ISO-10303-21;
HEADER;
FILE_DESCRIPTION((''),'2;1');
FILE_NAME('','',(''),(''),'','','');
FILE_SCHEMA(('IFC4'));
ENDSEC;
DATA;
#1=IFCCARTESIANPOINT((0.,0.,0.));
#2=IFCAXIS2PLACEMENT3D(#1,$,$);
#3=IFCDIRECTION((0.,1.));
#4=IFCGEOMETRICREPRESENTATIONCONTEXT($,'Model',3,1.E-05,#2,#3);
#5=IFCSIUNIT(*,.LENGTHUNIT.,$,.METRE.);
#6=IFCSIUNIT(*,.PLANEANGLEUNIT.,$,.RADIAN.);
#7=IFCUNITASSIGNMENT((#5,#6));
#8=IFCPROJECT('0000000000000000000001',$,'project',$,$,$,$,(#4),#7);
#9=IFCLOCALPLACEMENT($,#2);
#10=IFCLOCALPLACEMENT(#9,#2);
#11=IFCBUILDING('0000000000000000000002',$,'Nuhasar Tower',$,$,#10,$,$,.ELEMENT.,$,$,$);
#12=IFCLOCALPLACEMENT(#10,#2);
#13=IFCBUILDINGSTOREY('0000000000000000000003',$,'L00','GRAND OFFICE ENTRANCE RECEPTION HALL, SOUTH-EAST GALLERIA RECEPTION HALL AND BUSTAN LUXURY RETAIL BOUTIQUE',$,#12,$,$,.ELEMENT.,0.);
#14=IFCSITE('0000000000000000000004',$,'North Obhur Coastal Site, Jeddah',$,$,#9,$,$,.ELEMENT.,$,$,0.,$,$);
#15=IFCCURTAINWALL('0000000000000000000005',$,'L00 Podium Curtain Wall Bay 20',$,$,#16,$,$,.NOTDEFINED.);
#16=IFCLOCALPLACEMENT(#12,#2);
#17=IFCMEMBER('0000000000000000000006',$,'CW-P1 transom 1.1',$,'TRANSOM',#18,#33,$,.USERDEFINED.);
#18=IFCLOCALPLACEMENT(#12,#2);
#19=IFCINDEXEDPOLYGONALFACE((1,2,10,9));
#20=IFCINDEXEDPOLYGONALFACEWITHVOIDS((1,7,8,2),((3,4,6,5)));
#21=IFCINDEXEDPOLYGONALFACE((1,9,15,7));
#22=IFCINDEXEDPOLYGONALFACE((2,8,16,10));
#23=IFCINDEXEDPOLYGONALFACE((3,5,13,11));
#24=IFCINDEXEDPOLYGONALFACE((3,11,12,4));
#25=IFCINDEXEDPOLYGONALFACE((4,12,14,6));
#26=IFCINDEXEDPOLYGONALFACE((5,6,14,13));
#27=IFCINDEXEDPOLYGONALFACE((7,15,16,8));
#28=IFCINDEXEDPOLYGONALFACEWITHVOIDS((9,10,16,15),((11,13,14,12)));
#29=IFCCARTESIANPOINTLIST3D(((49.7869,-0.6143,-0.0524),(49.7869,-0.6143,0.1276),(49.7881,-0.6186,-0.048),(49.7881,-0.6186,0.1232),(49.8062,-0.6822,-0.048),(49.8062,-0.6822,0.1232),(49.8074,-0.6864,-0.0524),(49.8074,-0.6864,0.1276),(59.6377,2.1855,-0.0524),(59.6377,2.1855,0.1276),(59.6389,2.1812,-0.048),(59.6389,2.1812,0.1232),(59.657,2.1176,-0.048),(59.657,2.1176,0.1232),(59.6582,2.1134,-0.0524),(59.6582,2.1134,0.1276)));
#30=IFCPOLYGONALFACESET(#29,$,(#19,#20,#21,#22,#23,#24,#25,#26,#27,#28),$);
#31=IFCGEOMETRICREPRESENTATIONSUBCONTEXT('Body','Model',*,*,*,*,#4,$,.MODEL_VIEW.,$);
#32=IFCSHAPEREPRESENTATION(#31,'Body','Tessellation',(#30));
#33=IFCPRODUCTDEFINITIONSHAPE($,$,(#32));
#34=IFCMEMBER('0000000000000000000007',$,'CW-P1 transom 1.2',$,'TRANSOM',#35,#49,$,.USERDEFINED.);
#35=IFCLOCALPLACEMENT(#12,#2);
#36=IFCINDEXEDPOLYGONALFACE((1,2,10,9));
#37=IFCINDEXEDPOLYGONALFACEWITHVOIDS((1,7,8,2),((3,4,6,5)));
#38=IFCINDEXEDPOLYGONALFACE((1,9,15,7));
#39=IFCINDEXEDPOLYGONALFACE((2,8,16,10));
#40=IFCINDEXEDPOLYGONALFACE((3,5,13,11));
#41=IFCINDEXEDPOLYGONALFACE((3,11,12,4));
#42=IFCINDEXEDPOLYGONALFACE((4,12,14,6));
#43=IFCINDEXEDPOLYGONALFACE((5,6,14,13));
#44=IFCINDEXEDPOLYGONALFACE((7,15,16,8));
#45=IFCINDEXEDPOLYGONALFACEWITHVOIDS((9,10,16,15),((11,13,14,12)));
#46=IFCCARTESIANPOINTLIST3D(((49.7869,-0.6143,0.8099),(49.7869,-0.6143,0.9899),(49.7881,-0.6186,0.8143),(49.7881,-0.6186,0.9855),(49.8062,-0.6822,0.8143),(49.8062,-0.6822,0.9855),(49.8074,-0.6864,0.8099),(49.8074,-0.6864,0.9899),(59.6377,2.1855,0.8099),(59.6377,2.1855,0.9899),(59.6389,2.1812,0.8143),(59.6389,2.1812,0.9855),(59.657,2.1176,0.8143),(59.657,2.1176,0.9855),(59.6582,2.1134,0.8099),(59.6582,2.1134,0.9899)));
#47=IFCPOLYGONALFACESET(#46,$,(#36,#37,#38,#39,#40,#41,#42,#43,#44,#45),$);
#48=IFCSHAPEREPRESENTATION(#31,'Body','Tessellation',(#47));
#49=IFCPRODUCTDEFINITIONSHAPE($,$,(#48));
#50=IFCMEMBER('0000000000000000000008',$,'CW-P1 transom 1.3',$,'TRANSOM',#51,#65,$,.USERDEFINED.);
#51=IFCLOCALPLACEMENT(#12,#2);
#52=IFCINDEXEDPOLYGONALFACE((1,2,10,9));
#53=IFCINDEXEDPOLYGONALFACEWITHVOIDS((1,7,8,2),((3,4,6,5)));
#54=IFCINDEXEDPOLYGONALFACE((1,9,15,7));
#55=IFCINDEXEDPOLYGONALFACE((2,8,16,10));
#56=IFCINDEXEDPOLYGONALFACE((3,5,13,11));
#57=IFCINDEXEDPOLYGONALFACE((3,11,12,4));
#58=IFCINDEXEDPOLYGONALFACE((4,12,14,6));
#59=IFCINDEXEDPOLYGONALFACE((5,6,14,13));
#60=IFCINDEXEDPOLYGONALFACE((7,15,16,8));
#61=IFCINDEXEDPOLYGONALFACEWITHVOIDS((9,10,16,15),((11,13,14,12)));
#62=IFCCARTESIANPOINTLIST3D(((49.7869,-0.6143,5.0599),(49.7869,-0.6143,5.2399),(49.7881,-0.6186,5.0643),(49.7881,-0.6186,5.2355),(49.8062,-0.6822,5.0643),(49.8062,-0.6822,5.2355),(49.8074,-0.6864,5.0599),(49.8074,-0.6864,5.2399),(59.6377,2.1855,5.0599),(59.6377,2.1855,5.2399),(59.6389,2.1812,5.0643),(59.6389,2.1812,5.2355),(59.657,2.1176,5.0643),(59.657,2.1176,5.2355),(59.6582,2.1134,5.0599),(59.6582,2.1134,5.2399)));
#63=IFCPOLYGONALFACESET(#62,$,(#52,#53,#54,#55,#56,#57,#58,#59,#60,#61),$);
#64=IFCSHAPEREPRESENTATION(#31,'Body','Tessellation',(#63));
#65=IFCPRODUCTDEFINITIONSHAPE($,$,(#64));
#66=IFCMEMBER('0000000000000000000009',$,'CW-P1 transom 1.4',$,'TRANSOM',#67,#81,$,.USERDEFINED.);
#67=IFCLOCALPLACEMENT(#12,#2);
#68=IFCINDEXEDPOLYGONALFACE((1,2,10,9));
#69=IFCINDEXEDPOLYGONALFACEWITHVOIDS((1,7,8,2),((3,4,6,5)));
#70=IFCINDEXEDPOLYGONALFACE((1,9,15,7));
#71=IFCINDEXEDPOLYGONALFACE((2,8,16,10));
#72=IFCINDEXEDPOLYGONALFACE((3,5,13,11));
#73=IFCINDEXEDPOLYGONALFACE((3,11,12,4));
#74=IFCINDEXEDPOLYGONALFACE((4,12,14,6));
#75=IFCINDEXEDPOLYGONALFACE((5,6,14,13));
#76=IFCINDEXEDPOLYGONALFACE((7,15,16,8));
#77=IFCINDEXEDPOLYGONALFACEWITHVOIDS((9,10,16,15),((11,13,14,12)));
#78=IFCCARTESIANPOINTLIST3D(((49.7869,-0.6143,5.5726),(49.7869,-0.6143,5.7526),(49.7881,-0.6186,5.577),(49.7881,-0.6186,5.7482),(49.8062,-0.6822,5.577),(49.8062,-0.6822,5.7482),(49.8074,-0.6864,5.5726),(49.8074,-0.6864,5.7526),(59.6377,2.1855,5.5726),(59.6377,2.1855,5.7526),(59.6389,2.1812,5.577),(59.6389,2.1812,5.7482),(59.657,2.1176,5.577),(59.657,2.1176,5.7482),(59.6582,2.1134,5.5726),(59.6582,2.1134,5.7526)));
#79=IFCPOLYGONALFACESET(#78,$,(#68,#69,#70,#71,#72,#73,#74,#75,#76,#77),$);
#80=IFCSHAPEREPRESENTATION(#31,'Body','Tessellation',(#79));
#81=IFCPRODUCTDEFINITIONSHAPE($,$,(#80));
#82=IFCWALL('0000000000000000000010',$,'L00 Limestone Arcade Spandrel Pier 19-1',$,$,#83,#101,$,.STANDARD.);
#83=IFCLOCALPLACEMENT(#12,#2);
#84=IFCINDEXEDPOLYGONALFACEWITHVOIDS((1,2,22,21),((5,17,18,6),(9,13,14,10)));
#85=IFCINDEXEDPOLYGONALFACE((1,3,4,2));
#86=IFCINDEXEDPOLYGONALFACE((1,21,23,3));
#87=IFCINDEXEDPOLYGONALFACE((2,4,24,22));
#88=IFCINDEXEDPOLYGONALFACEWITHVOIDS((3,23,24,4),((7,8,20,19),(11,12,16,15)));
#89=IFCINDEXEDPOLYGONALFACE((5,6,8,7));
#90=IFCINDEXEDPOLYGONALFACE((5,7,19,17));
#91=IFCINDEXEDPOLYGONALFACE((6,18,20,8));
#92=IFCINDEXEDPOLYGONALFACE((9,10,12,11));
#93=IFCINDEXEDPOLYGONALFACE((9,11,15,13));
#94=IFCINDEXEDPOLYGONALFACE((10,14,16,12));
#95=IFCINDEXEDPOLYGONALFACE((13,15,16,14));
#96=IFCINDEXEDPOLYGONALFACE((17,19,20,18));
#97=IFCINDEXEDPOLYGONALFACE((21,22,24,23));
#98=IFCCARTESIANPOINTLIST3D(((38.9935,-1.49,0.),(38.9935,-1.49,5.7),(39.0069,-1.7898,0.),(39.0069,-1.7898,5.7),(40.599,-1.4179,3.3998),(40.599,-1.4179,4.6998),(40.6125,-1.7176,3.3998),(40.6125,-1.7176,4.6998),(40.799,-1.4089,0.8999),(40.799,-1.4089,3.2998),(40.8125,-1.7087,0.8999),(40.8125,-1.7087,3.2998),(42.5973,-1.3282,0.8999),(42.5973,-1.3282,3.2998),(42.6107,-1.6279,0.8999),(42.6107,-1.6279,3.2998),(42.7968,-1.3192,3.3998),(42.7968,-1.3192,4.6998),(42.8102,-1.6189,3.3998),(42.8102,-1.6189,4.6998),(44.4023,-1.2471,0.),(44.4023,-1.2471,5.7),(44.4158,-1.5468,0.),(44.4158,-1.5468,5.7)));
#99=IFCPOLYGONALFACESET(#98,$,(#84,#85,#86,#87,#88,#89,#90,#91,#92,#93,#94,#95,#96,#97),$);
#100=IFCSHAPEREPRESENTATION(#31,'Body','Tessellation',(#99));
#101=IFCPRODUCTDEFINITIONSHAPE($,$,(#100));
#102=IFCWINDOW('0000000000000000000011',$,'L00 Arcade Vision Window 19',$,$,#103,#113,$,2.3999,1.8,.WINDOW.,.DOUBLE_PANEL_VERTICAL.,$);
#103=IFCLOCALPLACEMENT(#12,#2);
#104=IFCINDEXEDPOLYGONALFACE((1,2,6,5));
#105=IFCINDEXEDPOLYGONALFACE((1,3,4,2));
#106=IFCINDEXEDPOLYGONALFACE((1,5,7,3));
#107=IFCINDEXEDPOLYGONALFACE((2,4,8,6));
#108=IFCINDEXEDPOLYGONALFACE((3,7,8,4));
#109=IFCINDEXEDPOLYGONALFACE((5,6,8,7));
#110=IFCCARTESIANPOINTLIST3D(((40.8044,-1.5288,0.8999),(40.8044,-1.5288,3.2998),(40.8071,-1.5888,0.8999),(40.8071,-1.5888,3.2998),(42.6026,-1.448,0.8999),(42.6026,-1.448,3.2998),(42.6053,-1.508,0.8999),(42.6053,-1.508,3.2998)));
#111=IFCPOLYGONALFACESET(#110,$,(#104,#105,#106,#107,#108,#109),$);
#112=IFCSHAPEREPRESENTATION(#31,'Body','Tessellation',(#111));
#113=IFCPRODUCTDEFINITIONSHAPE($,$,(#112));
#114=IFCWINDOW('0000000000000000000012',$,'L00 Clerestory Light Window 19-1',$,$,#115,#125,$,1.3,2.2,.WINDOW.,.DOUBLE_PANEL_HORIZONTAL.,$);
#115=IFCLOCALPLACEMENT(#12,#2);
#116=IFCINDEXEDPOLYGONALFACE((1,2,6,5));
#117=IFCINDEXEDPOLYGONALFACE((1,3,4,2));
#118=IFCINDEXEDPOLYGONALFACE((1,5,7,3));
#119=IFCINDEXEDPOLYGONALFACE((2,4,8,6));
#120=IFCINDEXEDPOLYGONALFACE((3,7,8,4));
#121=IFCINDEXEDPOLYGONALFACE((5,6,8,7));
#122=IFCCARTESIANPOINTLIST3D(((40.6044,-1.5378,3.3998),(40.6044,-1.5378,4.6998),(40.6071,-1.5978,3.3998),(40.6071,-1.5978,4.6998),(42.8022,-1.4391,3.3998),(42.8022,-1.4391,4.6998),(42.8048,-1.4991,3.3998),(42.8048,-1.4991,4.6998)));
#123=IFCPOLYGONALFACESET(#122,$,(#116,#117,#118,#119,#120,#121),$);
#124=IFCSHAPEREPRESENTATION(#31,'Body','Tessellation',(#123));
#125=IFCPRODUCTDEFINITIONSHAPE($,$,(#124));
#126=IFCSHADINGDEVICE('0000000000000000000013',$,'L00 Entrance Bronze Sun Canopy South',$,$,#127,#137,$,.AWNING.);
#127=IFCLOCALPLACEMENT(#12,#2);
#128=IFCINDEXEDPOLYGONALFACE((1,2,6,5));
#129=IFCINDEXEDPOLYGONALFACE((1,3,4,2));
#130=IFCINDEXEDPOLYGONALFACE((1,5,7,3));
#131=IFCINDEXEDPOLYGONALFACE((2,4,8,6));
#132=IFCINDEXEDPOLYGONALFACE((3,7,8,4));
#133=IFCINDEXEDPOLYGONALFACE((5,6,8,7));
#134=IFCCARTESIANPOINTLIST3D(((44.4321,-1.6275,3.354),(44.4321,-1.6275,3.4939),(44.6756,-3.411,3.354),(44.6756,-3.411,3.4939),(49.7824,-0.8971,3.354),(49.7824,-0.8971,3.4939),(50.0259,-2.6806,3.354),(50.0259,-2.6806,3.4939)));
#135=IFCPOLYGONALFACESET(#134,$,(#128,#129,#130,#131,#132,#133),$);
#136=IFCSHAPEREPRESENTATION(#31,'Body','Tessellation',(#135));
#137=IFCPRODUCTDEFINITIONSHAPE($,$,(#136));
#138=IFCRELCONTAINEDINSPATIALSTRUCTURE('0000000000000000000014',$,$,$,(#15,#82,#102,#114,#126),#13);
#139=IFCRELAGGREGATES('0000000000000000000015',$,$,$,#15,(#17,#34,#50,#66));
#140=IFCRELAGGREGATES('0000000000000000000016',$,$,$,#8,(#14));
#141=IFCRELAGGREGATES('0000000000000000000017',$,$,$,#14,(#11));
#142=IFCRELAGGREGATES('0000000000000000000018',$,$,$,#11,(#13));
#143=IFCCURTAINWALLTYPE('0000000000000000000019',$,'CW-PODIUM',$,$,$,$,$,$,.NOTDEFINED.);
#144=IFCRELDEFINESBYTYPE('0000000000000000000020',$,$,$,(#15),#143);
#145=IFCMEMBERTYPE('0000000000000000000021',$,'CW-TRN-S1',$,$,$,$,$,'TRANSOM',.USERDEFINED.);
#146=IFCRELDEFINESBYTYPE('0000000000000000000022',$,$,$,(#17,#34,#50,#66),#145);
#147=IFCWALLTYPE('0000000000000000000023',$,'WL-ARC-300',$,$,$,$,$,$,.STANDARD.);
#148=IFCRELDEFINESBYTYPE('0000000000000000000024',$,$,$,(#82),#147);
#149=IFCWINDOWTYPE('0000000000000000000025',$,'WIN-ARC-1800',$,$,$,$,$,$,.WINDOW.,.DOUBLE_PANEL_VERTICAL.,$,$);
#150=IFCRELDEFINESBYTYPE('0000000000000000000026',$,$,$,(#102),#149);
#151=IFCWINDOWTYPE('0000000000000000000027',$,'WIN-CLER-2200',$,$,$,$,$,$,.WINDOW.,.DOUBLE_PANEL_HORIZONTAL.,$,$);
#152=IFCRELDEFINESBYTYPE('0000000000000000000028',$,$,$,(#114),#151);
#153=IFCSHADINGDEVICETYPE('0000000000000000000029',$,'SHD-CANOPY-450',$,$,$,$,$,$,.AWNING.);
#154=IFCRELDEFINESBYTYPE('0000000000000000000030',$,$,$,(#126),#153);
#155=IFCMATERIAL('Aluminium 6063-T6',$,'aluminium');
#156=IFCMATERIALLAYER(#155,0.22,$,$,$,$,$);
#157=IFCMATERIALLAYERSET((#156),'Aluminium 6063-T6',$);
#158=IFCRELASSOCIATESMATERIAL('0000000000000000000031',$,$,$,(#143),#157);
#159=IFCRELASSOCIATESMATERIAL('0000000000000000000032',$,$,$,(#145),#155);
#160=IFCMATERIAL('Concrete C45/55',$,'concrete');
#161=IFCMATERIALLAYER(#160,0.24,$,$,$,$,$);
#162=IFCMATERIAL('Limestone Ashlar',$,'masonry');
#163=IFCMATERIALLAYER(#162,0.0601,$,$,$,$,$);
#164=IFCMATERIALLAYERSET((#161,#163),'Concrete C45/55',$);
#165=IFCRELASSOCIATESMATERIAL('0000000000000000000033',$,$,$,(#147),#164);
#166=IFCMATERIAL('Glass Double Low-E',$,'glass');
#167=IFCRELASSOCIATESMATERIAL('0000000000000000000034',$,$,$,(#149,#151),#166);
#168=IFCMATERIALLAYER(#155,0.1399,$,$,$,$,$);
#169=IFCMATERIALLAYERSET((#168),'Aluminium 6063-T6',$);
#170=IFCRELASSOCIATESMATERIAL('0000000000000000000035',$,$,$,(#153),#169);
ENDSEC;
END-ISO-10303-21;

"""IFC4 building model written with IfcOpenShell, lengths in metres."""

from ifc_helpers import new_model, si_unit, direction, frame, frame_2d, origin, origin_2d, place, context, subcontext, project, spatial, rectangle, hollow_rectangle, extrude, material, layer, layer_set, material_profile, profile_set, type_object, element, fill, aggregate, save


model = new_model("IFC4")

# Units and contexts
model_context = context("Model", 3, precision=1e-05, world=origin(), true_north=direction((0.0, 1.0)))
body_context = subcontext(model_context, "Body", "Model", "MODEL_VIEW")
ifc_project = project(units=[si_unit("LENGTHUNIT", "METRE"), si_unit("PLANEANGLEUNIT", "RADIAN")], contexts=[model_context])

# Site, building, storey
site_placement = place(None, origin())
site = spatial("IfcSite", under=ifc_project, at=site_placement, Name="North Obhur Coastal Site, Jeddah", CompositionType="ELEMENT", RefElevation=0.0)
building_placement = place(site_placement, origin())
building = spatial("IfcBuilding", under=site, at=building_placement, Name="Nuhasar Tower", CompositionType="ELEMENT")
storey_placement = place(building_placement, origin())
storey = spatial("IfcBuildingStorey", under=building, at=storey_placement, Name="L00", Description="GRAND OFFICE ENTRANCE RECEPTION HALL, SOUTH-EAST GALLERIA RECEPTION HALL AND BUSTAN LUXURY RETAIL BOUTIQUE", CompositionType="ELEMENT", Elevation=0.0)

# Curtain wall, members
ifc_material_1 = material(Name="Aluminium 6063-T6", Category="aluminium")
ifc_layer_1 = layer(ifc_material_1, 0.22)
ifc_layer_set_1 = layer_set([ifc_layer_1], Name="Aluminium 6063-T6")
curtain_wall_type = type_object("IfcCurtainWallType", Name="CW-PODIUM", PredefinedType="NOTDEFINED", material=ifc_layer_set_1)
curtain_wall_placement = place(storey_placement, origin())
curtain_wall = element("IfcCurtainWall", 1, at=curtain_wall_placement, inside=storey, type_object=curtain_wall_type, Name="L00 Podium Curtain Wall Bay 20", PredefinedType="NOTDEFINED")
ifc_material_profile_1 = material_profile(ifc_material_1, hollow_rectangle(XDim=0.075, YDim=0.1799, WallThickness=0.0044, at=origin_2d()), Name="CWT-1")
ifc_profile_set_1 = profile_set([ifc_material_profile_1], Name="Aluminium 6063-T6")
member_type_1 = type_object("IfcMemberType", Name="CW-TRN-S1", ElementType="TRANSOM", PredefinedType="USERDEFINED", material=ifc_profile_set_1)
member_1_placement = place(storey_placement, frame((49.7971, -0.6504, 0.0376), z_axis=(0.961903, 0.273392, 0.0), x_axis=(-0.273392, 0.961903, 0.0)))
member_1 = element("IfcMember", 2, at=member_1_placement, type_object=member_type_1, Name="CW-P1 transom 1.1", ObjectType="TRANSOM", PredefinedType="USERDEFINED", context=body_context, shape_type="SweptSolid", body=[
    extrude(hollow_rectangle(XDim=0.075, YDim=0.1799, WallThickness=0.0044, at=origin_2d()), origin(), (0.0, 0.0, 1.0), 10.241),
])
member_2_placement = place(storey_placement, frame((49.7971, -0.6504, 0.8999), z_axis=(0.961903, 0.273392, 0.0), x_axis=(-0.273392, 0.961903, 0.0)))
member_2 = element("IfcMember", 3, at=member_2_placement, type_object=member_type_1, Name="CW-P1 transom 1.2", ObjectType="TRANSOM", PredefinedType="USERDEFINED", context=body_context, shape_type="SweptSolid", body=[
    extrude(hollow_rectangle(XDim=0.075, YDim=0.1799, WallThickness=0.0044, at=origin_2d()), origin(), (0.0, 0.0, 1.0), 10.241),
])
member_3_placement = place(storey_placement, frame((49.7971, -0.6504, 5.1499), z_axis=(0.961903, 0.273392, 0.0), x_axis=(-0.273392, 0.961903, 0.0)))
member_3 = element("IfcMember", 4, at=member_3_placement, type_object=member_type_1, Name="CW-P1 transom 1.3", ObjectType="TRANSOM", PredefinedType="USERDEFINED", context=body_context, shape_type="SweptSolid", body=[
    extrude(hollow_rectangle(XDim=0.075, YDim=0.1799, WallThickness=0.0044, at=origin_2d()), origin(), (0.0, 0.0, 1.0), 10.241),
])
member_4_placement = place(storey_placement, frame((49.7971, -0.6504, 5.6626), z_axis=(0.961903, 0.273392, 0.0), x_axis=(-0.273392, 0.961903, 0.0)))
member_4 = element("IfcMember", 5, at=member_4_placement, type_object=member_type_1, Name="CW-P1 transom 1.4", ObjectType="TRANSOM", PredefinedType="USERDEFINED", context=body_context, shape_type="SweptSolid", body=[
    extrude(hollow_rectangle(XDim=0.075, YDim=0.1799, WallThickness=0.0044, at=origin_2d()), origin(), (0.0, 0.0, 1.0), 10.241),
])
aggregate(curtain_wall, [member_1, member_2, member_3, member_4])

# Wall, openings, windows
ifc_material_2 = material(Name="Concrete C45/55", Category="concrete")
ifc_layer_2 = layer(ifc_material_2, 0.24)
ifc_material_3 = material(Name="Limestone Ashlar", Category="masonry")
ifc_layer_3 = layer(ifc_material_3, 0.0601)
ifc_layer_set_2 = layer_set([ifc_layer_2, ifc_layer_3], Name="Concrete C45/55")
wall_type = type_object("IfcWallType", Name="WL-ARC-300", PredefinedType="STANDARD", material=ifc_layer_set_2)
wall_1_placement = place(storey_placement, frame((44.4089, -1.397, 0.0), z_axis=(0.0, 0.0, 1.0), x_axis=(-0.998993, -0.044866, 0.0)))
wall_1 = element("IfcWall", 6, at=wall_1_placement, inside=storey, type_object=wall_type, Name="L00 Limestone Arcade Spandrel Pier 19-1", PredefinedType="STANDARD", context=body_context, shape_type="SweptSolid", body=[
    extrude(rectangle(XDim=5.4143, YDim=0.3, at=frame_2d((2.707, 0.0))), origin(), (0.0, 0.0, 1.0), 5.7),
])
opening_1_placement = place(wall_1_placement, frame((1.8069, 0.0, 0.8999)))
opening_1 = element("IfcOpeningElement", 7, at=opening_1_placement, cuts=wall_1, PredefinedType="OPENING", context=body_context, shape_type="SweptSolid", body=[
    extrude(rectangle(XDim=1.8, YDim=2.3999, at=frame_2d((0.8999, 1.2))), frame((0.0, 0.1602, 0.0), z_axis=(0.0, -1.0, 0.0), x_axis=(1.0, 0.0, 0.0)), (0.0, 0.0, 1.0), 0.3201),
])
opening_2_placement = place(wall_1_placement, frame((1.6069, 0.0, 3.3999)))
opening_2 = element("IfcOpeningElement", 8, at=opening_2_placement, cuts=wall_1, PredefinedType="OPENING", context=body_context, shape_type="SweptSolid", body=[
    extrude(rectangle(XDim=2.2, YDim=1.3, at=frame_2d((1.1001, 0.6499))), frame((0.0, 0.1602, 0.0), z_axis=(0.0, -1.0, 0.0), x_axis=(1.0, 0.0, 0.0)), (0.0, 0.0, 1.0), 0.3201),
])
ifc_material_4 = material(Name="Glass Double Low-E", Category="glass")
window_type_1 = type_object("IfcWindowType", Name="WIN-ARC-1800", PartitioningType="DOUBLE_PANEL_VERTICAL", PredefinedType="WINDOW", material=ifc_material_4)
window_1_placement = place(opening_1_placement, origin())
window_1 = element("IfcWindow", 9, at=window_1_placement, inside=storey, type_object=window_type_1, Name="L00 Arcade Vision Window 19", OverallHeight=2.3999, OverallWidth=1.8, PartitioningType="DOUBLE_PANEL_VERTICAL", PredefinedType="WINDOW", context=body_context, shape_type="SweptSolid", body=[
    extrude(rectangle(XDim=1.8, YDim=2.3999, at=frame_2d((0.8999, 1.2))), frame((0.0, 0.03, 0.0), z_axis=(0.0, -1.0, 0.0), x_axis=(1.0, 0.0, 0.0)), (0.0, 0.0, 1.0), 0.0601),
])
fill(opening_1, window_1)
window_type_2 = type_object("IfcWindowType", Name="WIN-CLER-2200", PartitioningType="DOUBLE_PANEL_HORIZONTAL", PredefinedType="WINDOW", material=ifc_material_4)
window_2_placement = place(opening_2_placement, origin())
window_2 = element("IfcWindow", 10, at=window_2_placement, inside=storey, type_object=window_type_2, Name="L00 Clerestory Light Window 19-1", OverallHeight=1.3, OverallWidth=2.2, PartitioningType="DOUBLE_PANEL_HORIZONTAL", PredefinedType="WINDOW", context=body_context, shape_type="SweptSolid", body=[
    extrude(rectangle(XDim=2.2, YDim=1.3, at=frame_2d((1.1001, 0.6499))), frame((0.0, 0.03, 0.0), z_axis=(0.0, -1.0, 0.0), x_axis=(1.0, 0.0, 0.0)), (0.0, 0.0, 1.0), 0.0601),
])
fill(opening_2, window_2)

# Shading device
ifc_layer_4 = layer(ifc_material_1, 0.1399)
ifc_layer_set_3 = layer_set([ifc_layer_4], Name="Aluminium 6063-T6")
shading_device_type = type_object("IfcShadingDeviceType", Name="SHD-CANOPY-450", PredefinedType="AWNING", material=ifc_layer_set_3)
shading_device_placement = place(storey_placement, frame((47.229, -2.1541, 3.354), z_axis=(0.0, 0.0, 1.0), x_axis=(0.135266, -0.990809, 0.0)))
element("IfcShadingDevice", 11, at=shading_device_placement, inside=storey, type_object=shading_device_type, Name="L00 Entrance Bronze Sun Canopy South", PredefinedType="AWNING", context=body_context, shape_type="SweptSolid", body=[
    extrude(rectangle(XDim=1.8, YDim=5.3999, at=origin_2d()), origin(), (0.0, 0.0, 1.0), 0.1399),
])

save(model, "model.ifc")
